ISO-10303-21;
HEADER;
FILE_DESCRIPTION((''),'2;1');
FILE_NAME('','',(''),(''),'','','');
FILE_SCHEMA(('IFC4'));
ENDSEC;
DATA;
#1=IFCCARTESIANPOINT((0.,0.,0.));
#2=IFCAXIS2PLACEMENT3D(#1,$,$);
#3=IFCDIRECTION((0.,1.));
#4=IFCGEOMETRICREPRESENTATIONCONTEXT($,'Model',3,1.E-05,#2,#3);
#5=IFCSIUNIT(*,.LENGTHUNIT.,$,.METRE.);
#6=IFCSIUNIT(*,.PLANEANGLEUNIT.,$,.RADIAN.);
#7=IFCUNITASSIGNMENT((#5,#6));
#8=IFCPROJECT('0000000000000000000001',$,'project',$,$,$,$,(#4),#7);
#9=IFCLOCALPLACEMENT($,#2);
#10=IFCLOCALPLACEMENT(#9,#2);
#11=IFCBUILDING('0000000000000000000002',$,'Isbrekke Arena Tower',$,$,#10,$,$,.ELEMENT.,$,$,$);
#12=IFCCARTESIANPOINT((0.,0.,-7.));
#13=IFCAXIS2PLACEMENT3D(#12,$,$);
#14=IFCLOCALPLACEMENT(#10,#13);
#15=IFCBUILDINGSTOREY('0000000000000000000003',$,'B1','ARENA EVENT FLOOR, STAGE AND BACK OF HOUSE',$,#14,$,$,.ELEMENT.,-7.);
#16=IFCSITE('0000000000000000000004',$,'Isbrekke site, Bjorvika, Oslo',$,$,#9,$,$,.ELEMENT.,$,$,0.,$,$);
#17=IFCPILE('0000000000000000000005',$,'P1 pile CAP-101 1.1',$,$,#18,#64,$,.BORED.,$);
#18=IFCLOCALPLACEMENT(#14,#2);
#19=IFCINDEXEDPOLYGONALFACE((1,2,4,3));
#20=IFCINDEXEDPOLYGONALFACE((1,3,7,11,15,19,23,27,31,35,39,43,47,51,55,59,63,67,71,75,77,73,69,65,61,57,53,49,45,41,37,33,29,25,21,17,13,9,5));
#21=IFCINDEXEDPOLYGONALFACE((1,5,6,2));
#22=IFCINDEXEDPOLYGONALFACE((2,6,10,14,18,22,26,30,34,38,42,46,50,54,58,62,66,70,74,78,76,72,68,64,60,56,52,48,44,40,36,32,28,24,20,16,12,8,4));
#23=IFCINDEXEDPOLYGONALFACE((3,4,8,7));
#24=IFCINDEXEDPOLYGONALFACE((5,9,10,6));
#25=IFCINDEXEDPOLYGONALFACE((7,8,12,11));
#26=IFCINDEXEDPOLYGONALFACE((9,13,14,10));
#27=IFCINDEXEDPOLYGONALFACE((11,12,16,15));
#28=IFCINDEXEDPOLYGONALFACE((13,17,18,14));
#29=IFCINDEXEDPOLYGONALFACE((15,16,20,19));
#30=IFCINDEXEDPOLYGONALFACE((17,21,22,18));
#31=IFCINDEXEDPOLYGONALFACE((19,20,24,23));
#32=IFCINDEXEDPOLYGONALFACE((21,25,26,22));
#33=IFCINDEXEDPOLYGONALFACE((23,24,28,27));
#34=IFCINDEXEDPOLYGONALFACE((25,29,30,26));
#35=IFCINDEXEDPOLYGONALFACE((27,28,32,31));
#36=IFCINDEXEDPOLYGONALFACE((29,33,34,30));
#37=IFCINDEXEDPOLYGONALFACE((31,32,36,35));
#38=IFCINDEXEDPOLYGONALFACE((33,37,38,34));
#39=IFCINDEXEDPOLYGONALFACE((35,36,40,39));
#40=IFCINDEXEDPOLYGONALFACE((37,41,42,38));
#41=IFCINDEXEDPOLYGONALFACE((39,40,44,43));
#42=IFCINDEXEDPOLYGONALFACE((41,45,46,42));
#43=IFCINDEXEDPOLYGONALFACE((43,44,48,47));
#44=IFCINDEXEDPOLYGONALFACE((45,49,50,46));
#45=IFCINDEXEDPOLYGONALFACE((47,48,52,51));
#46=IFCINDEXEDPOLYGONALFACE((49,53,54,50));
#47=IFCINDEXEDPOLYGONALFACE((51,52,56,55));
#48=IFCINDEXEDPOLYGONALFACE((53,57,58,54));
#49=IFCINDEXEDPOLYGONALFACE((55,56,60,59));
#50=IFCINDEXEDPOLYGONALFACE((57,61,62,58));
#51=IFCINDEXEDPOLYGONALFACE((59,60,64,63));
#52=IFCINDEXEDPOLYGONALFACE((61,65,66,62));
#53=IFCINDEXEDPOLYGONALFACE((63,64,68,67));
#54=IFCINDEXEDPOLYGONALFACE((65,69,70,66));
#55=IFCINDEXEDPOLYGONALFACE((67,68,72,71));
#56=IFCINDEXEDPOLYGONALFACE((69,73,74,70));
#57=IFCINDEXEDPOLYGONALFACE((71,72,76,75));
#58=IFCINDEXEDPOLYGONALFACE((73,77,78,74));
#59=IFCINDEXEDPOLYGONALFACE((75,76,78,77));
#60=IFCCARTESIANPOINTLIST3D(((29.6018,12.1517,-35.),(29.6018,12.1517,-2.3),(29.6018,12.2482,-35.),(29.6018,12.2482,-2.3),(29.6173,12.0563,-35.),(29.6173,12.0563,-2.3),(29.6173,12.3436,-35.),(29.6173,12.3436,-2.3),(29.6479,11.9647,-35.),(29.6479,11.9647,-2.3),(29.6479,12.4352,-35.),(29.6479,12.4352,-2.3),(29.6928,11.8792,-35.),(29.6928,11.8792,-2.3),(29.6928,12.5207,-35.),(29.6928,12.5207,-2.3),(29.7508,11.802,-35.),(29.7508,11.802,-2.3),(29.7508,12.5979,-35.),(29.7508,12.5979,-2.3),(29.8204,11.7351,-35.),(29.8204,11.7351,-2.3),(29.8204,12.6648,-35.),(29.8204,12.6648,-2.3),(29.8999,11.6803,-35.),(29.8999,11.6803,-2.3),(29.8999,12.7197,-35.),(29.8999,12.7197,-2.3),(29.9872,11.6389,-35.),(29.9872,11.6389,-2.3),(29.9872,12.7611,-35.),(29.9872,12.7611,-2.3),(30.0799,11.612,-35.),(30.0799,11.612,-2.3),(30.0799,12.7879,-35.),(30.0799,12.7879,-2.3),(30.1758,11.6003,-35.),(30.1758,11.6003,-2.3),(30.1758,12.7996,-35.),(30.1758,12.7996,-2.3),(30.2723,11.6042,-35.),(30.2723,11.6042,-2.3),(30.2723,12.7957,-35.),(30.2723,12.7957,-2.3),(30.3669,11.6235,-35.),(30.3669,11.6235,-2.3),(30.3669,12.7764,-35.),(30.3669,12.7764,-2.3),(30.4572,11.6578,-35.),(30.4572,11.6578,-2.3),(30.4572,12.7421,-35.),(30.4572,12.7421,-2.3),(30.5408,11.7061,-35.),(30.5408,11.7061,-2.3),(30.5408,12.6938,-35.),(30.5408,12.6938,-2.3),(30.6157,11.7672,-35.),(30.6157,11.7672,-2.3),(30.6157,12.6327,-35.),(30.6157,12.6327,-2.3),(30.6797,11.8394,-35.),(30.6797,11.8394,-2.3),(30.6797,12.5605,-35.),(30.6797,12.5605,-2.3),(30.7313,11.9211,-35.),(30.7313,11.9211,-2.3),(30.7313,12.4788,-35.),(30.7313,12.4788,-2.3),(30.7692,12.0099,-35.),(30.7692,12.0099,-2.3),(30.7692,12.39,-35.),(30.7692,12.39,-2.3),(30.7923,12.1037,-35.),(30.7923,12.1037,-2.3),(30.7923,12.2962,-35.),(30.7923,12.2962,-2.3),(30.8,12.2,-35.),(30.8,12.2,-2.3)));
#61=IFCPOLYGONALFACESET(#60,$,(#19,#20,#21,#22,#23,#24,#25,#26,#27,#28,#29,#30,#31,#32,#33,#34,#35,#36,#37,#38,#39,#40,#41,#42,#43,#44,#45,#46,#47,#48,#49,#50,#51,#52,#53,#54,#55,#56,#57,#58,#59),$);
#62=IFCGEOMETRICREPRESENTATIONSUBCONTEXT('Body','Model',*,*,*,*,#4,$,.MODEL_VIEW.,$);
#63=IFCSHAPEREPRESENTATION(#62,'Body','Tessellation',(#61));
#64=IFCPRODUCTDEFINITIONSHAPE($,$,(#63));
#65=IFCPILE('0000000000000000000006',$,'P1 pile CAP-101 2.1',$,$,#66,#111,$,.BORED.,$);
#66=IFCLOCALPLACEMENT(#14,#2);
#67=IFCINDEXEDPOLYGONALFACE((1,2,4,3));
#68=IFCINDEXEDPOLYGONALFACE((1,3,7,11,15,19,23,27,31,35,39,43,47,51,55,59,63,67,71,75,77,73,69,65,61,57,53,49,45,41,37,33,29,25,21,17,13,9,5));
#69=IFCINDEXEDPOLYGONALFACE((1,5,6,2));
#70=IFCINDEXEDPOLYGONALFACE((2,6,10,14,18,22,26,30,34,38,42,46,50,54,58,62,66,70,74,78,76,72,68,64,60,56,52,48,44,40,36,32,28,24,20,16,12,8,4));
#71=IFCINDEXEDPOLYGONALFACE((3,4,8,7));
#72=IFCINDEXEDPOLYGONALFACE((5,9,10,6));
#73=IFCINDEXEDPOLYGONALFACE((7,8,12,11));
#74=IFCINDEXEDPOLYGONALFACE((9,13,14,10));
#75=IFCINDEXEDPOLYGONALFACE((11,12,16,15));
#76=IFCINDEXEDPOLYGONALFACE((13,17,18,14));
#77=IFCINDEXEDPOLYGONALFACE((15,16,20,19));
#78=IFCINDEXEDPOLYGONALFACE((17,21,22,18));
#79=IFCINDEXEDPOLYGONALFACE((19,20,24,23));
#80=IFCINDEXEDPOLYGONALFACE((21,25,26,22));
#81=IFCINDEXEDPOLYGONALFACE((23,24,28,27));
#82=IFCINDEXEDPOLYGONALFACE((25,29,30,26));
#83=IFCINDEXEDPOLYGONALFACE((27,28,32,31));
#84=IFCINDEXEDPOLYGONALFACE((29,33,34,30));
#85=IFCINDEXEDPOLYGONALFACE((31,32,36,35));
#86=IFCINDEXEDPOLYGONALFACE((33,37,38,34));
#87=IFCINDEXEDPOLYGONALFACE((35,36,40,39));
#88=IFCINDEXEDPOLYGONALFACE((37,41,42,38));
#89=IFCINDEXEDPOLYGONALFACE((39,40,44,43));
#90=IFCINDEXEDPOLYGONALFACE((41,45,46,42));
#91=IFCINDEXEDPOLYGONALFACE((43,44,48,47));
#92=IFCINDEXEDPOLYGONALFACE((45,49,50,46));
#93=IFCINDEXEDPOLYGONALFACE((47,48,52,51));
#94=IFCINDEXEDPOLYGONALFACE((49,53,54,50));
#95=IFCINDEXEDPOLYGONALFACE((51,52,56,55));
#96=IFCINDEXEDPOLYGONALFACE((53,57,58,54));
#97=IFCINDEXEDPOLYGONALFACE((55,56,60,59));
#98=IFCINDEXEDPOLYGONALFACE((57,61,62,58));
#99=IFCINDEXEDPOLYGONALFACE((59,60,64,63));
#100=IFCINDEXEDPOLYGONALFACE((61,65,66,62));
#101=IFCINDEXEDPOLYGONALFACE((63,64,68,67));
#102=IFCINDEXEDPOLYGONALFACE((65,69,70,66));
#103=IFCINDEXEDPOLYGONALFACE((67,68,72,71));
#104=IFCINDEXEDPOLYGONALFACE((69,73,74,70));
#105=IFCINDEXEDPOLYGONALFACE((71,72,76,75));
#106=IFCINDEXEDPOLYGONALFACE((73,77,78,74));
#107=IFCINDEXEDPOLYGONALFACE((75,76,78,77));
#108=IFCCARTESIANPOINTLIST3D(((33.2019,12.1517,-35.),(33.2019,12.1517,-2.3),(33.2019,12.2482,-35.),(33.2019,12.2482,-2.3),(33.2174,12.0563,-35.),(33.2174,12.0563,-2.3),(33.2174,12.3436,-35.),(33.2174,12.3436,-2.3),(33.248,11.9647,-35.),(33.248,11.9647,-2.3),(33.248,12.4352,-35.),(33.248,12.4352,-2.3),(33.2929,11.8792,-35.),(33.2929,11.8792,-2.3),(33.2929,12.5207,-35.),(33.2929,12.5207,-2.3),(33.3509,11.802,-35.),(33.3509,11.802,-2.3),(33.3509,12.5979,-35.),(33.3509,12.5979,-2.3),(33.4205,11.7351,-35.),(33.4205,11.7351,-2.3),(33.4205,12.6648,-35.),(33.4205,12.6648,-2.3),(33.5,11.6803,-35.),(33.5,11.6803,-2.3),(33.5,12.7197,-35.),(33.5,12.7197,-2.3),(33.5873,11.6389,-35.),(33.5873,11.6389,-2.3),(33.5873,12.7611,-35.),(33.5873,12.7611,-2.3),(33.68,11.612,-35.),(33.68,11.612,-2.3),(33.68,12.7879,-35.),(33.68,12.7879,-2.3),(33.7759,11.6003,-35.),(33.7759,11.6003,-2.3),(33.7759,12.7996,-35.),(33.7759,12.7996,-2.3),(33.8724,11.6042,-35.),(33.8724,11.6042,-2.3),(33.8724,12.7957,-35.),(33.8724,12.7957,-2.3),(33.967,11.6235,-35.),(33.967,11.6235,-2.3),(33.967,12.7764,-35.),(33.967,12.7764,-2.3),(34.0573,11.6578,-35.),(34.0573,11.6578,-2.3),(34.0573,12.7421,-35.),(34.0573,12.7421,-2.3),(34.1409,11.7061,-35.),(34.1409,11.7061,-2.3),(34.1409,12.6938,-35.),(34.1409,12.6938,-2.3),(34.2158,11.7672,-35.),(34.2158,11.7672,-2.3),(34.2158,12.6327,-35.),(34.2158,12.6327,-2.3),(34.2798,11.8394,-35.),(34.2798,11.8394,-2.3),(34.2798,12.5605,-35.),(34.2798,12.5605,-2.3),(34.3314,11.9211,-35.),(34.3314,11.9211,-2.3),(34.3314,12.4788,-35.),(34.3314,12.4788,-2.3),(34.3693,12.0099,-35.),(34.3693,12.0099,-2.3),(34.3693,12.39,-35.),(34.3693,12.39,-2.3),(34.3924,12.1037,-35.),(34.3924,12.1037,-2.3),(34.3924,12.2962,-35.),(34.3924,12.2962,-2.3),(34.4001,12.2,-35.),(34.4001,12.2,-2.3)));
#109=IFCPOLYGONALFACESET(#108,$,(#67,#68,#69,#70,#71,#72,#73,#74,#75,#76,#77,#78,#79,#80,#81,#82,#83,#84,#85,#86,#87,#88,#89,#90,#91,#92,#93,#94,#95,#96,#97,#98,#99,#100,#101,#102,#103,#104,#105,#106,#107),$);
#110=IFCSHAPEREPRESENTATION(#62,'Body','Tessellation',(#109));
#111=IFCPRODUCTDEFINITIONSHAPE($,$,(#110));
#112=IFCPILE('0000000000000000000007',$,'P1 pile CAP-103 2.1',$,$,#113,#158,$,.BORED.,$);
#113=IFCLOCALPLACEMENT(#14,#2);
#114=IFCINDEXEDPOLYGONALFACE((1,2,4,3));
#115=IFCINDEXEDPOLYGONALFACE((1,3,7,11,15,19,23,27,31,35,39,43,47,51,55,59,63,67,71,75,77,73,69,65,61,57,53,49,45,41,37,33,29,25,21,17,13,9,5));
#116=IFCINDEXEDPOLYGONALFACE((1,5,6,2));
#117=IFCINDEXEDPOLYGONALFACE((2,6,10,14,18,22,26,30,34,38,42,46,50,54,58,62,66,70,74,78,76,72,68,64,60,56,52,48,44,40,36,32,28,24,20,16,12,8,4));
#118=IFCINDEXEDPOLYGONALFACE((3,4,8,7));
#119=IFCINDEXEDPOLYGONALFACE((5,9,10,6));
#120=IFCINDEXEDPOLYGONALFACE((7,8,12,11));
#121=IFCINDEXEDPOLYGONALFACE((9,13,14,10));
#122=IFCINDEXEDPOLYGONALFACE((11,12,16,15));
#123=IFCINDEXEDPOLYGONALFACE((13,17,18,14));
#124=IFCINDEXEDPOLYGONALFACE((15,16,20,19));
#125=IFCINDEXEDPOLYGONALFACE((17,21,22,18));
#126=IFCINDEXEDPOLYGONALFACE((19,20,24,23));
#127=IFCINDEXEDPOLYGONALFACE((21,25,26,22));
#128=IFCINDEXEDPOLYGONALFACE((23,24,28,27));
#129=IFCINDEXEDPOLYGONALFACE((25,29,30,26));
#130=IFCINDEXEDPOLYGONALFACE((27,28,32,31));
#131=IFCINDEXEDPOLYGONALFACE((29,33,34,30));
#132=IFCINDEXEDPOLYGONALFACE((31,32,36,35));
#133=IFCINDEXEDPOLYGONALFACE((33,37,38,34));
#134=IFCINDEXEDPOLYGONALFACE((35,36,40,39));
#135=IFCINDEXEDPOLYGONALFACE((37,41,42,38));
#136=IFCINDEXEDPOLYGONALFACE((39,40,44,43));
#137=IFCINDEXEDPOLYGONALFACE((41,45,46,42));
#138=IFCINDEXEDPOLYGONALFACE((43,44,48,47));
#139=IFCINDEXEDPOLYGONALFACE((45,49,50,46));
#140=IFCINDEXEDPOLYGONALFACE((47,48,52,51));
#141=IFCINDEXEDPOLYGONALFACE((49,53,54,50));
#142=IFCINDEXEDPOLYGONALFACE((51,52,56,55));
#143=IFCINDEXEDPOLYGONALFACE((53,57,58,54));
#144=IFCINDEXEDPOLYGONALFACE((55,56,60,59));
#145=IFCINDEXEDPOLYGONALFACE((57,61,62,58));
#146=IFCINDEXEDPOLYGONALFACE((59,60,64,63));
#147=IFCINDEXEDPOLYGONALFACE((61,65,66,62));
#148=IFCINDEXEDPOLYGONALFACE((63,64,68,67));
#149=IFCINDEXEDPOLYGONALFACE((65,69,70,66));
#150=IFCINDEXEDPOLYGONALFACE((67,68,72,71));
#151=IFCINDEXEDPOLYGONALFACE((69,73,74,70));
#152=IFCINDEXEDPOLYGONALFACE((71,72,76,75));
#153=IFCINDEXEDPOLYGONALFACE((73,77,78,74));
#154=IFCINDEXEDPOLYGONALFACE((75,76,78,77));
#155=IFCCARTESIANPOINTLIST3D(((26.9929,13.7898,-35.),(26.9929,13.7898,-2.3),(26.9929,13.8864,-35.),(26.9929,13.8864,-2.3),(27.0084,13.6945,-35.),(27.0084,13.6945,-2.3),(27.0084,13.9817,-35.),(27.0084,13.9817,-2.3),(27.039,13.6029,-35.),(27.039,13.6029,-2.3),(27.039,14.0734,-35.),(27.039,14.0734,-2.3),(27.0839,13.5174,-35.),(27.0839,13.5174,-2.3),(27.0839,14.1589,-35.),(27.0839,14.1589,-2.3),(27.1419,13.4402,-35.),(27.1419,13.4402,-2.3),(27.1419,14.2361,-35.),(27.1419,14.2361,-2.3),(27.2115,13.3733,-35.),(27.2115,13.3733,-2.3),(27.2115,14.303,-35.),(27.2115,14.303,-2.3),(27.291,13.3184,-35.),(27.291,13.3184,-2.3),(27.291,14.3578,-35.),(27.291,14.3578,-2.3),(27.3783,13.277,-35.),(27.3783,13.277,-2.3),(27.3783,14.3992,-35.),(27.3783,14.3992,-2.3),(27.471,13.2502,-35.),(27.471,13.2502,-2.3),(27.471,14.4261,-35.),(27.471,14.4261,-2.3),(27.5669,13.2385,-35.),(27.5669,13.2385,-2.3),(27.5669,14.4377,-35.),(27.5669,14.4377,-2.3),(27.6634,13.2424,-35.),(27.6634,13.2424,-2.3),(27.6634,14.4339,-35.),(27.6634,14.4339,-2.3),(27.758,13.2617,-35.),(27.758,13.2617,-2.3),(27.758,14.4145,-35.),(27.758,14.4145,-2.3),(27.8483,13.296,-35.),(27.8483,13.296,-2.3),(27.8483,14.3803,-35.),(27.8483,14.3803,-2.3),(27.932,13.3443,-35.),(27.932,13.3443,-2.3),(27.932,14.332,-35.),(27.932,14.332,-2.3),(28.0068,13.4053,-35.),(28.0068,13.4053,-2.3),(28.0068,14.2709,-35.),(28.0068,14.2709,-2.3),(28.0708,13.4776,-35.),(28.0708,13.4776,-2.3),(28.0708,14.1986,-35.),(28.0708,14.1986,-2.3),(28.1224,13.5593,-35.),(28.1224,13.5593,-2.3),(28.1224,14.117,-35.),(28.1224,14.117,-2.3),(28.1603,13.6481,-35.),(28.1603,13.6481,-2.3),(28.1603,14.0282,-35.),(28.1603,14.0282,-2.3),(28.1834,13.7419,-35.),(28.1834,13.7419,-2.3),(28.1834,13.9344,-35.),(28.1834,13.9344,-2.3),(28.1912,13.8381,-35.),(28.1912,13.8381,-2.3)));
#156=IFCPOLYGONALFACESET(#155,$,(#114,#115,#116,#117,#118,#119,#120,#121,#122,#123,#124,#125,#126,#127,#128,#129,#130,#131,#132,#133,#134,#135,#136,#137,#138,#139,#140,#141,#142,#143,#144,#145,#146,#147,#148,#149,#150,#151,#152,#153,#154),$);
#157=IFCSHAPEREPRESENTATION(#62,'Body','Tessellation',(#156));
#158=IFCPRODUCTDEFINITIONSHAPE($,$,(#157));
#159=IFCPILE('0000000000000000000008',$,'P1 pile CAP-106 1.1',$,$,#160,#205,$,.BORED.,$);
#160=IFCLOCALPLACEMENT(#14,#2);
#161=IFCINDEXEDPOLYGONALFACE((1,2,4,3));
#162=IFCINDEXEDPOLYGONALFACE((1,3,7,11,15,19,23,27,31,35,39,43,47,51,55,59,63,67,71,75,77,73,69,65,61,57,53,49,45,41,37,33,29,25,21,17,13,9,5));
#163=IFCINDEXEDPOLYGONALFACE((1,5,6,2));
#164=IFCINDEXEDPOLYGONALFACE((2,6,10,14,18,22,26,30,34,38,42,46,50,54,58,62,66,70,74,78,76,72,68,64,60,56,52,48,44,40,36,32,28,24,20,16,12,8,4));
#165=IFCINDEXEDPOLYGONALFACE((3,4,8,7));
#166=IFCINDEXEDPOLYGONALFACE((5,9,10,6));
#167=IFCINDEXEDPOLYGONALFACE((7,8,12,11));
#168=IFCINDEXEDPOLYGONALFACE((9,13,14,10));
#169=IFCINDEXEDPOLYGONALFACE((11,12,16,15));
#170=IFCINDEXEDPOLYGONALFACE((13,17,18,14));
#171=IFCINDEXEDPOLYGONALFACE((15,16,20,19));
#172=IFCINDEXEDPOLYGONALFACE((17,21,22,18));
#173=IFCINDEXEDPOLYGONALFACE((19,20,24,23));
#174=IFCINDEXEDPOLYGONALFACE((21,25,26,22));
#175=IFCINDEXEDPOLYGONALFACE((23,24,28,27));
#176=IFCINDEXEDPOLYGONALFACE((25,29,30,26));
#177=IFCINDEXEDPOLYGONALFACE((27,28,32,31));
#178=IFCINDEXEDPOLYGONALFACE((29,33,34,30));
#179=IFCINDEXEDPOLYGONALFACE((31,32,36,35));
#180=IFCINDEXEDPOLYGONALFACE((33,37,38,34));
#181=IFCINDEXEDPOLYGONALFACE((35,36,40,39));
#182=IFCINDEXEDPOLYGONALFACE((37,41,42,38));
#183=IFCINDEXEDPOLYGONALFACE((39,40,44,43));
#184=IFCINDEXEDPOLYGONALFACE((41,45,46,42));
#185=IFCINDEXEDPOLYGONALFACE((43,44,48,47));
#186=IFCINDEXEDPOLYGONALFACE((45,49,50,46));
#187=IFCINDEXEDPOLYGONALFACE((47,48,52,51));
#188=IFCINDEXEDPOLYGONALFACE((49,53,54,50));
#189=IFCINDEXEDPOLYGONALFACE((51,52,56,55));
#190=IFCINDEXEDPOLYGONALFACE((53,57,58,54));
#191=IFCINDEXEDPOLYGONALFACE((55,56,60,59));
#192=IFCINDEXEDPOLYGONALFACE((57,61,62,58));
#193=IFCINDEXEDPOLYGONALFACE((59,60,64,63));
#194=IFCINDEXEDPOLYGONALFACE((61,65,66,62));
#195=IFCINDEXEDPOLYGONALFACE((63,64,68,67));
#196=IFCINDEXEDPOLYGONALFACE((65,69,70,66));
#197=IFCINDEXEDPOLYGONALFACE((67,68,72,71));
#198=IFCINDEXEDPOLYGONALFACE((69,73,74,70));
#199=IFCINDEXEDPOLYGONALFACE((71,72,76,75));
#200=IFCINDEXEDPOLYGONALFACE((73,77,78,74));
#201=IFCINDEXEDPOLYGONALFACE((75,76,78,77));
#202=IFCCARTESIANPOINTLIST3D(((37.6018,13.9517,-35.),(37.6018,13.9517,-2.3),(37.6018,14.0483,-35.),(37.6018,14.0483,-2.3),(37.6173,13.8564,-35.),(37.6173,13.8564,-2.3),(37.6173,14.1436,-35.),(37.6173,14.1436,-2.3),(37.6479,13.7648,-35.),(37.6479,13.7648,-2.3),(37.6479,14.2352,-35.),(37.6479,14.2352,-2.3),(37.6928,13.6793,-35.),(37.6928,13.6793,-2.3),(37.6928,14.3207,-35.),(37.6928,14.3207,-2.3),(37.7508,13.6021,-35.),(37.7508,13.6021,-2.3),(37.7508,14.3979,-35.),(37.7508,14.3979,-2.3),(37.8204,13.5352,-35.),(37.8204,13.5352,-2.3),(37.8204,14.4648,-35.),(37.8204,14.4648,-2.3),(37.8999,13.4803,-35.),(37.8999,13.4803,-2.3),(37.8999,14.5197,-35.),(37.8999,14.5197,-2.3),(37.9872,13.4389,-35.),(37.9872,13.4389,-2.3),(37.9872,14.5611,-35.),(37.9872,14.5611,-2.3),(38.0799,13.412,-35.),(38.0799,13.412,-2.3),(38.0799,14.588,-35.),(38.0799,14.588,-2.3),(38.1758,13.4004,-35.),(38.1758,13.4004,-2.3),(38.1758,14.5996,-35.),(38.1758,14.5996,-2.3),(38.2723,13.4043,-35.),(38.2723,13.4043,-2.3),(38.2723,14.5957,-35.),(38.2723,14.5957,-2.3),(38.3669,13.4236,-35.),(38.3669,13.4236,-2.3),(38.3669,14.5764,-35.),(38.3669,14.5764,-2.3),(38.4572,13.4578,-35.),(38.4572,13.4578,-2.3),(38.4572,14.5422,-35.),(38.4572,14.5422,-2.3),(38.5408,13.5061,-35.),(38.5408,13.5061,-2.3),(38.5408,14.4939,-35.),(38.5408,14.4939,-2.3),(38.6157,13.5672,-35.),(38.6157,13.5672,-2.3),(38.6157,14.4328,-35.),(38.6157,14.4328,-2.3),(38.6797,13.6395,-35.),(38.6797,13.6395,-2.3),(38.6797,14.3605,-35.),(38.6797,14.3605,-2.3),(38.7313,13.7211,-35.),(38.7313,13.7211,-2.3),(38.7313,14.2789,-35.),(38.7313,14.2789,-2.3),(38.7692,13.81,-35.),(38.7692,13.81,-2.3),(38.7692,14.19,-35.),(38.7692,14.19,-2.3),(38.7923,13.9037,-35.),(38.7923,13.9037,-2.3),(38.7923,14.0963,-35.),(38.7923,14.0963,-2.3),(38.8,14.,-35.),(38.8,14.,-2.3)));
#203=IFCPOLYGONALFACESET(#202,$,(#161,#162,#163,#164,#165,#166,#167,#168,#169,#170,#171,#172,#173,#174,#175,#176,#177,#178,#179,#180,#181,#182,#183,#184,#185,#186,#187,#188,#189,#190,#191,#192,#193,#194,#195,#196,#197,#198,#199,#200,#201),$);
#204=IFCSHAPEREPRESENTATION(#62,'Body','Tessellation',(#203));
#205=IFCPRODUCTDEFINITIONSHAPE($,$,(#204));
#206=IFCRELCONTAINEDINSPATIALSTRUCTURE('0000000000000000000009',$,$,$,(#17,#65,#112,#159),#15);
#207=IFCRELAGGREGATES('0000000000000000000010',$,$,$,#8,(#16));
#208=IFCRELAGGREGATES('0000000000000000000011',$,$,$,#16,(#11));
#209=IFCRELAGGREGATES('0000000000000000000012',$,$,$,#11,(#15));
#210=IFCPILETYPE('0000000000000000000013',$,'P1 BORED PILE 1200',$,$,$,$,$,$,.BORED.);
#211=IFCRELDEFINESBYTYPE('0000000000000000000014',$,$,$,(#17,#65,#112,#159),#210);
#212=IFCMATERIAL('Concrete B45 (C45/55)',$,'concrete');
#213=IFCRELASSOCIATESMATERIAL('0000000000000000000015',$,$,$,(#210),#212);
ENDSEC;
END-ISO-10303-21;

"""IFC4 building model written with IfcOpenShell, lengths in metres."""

from ifc_helpers import new_model, si_unit, direction, frame, origin, origin_2d, place, context, subcontext, project, spatial, circle, extrude, material, material_profile, profile_set, type_object, element, save


model = new_model("IFC4")

# Units and contexts
model_context = context("Model", 3, precision=1e-05, world=origin(), true_north=direction((0.0, 1.0)))
body_context = subcontext(model_context, "Body", "Model", "MODEL_VIEW")
ifc_project = project(units=[si_unit("LENGTHUNIT", "METRE"), si_unit("PLANEANGLEUNIT", "RADIAN")], contexts=[model_context])

# Site, building, storey
site_placement = place(None, origin())
site = spatial("IfcSite", under=ifc_project, at=site_placement, Name="Isbrekke site, Bjorvika, Oslo", CompositionType="ELEMENT", RefElevation=0.0)
building_placement = place(site_placement, origin())
building = spatial("IfcBuilding", under=site, at=building_placement, Name="Isbrekke Arena Tower", CompositionType="ELEMENT")
storey_placement = place(building_placement, frame((0.0, 0.0, -7.0)))
storey = spatial("IfcBuildingStorey", under=building, at=storey_placement, Name="B1", Description="ARENA EVENT FLOOR, STAGE AND BACK OF HOUSE", CompositionType="ELEMENT", Elevation=-7.0)

# Piles
ifc_material_1 = material(Name="Concrete B45 (C45/55)", Category="concrete")
ifc_material_profile_1 = material_profile(ifc_material_1, circle(Radius=0.6001, at=origin_2d()), Name="BORED PILE D1200")
ifc_profile_set_1 = profile_set([ifc_material_profile_1], Name="Concrete B45 (C45/55)")
pile_type = type_object("IfcPileType", Name="P1 BORED PILE 1200", PredefinedType="BORED", material=ifc_profile_set_1)
for number, where, z_axis, x_axis, name in (
    (1, (30.2, 12.2, -2.3), (0.0, 0.0, -1.0), (1.0, 0.0, 0.0), "P1 pile CAP-101 1.1"),
    (2, (33.8, 12.2, -2.3), (0.0, 0.0, -1.0), (1.0, 0.0, 0.0), "P1 pile CAP-101 2.1"),
    (3, (27.5911, 13.8381, -2.3), (0.0, 0.0, -1.0), (1.0, 0.0, 0.0), "P1 pile CAP-103 2.1"),
    (4, (38.2, 14.0, -2.3), (0.0, 0.0, -1.0), (1.0, 0.0, 0.0), "P1 pile CAP-106 1.1"),
):
    element("IfcPile", number, at=place(storey_placement, frame(where, z_axis=z_axis, x_axis=x_axis)), inside=storey, type_object=pile_type, Name=name, PredefinedType="BORED", context=body_context, shape_type="SweptSolid", body=[
        extrude(circle(Radius=0.6001, at=origin_2d()), origin(), (0.0, 0.0, 1.0), 32.7),
    ])

save(model, "model.ifc")
